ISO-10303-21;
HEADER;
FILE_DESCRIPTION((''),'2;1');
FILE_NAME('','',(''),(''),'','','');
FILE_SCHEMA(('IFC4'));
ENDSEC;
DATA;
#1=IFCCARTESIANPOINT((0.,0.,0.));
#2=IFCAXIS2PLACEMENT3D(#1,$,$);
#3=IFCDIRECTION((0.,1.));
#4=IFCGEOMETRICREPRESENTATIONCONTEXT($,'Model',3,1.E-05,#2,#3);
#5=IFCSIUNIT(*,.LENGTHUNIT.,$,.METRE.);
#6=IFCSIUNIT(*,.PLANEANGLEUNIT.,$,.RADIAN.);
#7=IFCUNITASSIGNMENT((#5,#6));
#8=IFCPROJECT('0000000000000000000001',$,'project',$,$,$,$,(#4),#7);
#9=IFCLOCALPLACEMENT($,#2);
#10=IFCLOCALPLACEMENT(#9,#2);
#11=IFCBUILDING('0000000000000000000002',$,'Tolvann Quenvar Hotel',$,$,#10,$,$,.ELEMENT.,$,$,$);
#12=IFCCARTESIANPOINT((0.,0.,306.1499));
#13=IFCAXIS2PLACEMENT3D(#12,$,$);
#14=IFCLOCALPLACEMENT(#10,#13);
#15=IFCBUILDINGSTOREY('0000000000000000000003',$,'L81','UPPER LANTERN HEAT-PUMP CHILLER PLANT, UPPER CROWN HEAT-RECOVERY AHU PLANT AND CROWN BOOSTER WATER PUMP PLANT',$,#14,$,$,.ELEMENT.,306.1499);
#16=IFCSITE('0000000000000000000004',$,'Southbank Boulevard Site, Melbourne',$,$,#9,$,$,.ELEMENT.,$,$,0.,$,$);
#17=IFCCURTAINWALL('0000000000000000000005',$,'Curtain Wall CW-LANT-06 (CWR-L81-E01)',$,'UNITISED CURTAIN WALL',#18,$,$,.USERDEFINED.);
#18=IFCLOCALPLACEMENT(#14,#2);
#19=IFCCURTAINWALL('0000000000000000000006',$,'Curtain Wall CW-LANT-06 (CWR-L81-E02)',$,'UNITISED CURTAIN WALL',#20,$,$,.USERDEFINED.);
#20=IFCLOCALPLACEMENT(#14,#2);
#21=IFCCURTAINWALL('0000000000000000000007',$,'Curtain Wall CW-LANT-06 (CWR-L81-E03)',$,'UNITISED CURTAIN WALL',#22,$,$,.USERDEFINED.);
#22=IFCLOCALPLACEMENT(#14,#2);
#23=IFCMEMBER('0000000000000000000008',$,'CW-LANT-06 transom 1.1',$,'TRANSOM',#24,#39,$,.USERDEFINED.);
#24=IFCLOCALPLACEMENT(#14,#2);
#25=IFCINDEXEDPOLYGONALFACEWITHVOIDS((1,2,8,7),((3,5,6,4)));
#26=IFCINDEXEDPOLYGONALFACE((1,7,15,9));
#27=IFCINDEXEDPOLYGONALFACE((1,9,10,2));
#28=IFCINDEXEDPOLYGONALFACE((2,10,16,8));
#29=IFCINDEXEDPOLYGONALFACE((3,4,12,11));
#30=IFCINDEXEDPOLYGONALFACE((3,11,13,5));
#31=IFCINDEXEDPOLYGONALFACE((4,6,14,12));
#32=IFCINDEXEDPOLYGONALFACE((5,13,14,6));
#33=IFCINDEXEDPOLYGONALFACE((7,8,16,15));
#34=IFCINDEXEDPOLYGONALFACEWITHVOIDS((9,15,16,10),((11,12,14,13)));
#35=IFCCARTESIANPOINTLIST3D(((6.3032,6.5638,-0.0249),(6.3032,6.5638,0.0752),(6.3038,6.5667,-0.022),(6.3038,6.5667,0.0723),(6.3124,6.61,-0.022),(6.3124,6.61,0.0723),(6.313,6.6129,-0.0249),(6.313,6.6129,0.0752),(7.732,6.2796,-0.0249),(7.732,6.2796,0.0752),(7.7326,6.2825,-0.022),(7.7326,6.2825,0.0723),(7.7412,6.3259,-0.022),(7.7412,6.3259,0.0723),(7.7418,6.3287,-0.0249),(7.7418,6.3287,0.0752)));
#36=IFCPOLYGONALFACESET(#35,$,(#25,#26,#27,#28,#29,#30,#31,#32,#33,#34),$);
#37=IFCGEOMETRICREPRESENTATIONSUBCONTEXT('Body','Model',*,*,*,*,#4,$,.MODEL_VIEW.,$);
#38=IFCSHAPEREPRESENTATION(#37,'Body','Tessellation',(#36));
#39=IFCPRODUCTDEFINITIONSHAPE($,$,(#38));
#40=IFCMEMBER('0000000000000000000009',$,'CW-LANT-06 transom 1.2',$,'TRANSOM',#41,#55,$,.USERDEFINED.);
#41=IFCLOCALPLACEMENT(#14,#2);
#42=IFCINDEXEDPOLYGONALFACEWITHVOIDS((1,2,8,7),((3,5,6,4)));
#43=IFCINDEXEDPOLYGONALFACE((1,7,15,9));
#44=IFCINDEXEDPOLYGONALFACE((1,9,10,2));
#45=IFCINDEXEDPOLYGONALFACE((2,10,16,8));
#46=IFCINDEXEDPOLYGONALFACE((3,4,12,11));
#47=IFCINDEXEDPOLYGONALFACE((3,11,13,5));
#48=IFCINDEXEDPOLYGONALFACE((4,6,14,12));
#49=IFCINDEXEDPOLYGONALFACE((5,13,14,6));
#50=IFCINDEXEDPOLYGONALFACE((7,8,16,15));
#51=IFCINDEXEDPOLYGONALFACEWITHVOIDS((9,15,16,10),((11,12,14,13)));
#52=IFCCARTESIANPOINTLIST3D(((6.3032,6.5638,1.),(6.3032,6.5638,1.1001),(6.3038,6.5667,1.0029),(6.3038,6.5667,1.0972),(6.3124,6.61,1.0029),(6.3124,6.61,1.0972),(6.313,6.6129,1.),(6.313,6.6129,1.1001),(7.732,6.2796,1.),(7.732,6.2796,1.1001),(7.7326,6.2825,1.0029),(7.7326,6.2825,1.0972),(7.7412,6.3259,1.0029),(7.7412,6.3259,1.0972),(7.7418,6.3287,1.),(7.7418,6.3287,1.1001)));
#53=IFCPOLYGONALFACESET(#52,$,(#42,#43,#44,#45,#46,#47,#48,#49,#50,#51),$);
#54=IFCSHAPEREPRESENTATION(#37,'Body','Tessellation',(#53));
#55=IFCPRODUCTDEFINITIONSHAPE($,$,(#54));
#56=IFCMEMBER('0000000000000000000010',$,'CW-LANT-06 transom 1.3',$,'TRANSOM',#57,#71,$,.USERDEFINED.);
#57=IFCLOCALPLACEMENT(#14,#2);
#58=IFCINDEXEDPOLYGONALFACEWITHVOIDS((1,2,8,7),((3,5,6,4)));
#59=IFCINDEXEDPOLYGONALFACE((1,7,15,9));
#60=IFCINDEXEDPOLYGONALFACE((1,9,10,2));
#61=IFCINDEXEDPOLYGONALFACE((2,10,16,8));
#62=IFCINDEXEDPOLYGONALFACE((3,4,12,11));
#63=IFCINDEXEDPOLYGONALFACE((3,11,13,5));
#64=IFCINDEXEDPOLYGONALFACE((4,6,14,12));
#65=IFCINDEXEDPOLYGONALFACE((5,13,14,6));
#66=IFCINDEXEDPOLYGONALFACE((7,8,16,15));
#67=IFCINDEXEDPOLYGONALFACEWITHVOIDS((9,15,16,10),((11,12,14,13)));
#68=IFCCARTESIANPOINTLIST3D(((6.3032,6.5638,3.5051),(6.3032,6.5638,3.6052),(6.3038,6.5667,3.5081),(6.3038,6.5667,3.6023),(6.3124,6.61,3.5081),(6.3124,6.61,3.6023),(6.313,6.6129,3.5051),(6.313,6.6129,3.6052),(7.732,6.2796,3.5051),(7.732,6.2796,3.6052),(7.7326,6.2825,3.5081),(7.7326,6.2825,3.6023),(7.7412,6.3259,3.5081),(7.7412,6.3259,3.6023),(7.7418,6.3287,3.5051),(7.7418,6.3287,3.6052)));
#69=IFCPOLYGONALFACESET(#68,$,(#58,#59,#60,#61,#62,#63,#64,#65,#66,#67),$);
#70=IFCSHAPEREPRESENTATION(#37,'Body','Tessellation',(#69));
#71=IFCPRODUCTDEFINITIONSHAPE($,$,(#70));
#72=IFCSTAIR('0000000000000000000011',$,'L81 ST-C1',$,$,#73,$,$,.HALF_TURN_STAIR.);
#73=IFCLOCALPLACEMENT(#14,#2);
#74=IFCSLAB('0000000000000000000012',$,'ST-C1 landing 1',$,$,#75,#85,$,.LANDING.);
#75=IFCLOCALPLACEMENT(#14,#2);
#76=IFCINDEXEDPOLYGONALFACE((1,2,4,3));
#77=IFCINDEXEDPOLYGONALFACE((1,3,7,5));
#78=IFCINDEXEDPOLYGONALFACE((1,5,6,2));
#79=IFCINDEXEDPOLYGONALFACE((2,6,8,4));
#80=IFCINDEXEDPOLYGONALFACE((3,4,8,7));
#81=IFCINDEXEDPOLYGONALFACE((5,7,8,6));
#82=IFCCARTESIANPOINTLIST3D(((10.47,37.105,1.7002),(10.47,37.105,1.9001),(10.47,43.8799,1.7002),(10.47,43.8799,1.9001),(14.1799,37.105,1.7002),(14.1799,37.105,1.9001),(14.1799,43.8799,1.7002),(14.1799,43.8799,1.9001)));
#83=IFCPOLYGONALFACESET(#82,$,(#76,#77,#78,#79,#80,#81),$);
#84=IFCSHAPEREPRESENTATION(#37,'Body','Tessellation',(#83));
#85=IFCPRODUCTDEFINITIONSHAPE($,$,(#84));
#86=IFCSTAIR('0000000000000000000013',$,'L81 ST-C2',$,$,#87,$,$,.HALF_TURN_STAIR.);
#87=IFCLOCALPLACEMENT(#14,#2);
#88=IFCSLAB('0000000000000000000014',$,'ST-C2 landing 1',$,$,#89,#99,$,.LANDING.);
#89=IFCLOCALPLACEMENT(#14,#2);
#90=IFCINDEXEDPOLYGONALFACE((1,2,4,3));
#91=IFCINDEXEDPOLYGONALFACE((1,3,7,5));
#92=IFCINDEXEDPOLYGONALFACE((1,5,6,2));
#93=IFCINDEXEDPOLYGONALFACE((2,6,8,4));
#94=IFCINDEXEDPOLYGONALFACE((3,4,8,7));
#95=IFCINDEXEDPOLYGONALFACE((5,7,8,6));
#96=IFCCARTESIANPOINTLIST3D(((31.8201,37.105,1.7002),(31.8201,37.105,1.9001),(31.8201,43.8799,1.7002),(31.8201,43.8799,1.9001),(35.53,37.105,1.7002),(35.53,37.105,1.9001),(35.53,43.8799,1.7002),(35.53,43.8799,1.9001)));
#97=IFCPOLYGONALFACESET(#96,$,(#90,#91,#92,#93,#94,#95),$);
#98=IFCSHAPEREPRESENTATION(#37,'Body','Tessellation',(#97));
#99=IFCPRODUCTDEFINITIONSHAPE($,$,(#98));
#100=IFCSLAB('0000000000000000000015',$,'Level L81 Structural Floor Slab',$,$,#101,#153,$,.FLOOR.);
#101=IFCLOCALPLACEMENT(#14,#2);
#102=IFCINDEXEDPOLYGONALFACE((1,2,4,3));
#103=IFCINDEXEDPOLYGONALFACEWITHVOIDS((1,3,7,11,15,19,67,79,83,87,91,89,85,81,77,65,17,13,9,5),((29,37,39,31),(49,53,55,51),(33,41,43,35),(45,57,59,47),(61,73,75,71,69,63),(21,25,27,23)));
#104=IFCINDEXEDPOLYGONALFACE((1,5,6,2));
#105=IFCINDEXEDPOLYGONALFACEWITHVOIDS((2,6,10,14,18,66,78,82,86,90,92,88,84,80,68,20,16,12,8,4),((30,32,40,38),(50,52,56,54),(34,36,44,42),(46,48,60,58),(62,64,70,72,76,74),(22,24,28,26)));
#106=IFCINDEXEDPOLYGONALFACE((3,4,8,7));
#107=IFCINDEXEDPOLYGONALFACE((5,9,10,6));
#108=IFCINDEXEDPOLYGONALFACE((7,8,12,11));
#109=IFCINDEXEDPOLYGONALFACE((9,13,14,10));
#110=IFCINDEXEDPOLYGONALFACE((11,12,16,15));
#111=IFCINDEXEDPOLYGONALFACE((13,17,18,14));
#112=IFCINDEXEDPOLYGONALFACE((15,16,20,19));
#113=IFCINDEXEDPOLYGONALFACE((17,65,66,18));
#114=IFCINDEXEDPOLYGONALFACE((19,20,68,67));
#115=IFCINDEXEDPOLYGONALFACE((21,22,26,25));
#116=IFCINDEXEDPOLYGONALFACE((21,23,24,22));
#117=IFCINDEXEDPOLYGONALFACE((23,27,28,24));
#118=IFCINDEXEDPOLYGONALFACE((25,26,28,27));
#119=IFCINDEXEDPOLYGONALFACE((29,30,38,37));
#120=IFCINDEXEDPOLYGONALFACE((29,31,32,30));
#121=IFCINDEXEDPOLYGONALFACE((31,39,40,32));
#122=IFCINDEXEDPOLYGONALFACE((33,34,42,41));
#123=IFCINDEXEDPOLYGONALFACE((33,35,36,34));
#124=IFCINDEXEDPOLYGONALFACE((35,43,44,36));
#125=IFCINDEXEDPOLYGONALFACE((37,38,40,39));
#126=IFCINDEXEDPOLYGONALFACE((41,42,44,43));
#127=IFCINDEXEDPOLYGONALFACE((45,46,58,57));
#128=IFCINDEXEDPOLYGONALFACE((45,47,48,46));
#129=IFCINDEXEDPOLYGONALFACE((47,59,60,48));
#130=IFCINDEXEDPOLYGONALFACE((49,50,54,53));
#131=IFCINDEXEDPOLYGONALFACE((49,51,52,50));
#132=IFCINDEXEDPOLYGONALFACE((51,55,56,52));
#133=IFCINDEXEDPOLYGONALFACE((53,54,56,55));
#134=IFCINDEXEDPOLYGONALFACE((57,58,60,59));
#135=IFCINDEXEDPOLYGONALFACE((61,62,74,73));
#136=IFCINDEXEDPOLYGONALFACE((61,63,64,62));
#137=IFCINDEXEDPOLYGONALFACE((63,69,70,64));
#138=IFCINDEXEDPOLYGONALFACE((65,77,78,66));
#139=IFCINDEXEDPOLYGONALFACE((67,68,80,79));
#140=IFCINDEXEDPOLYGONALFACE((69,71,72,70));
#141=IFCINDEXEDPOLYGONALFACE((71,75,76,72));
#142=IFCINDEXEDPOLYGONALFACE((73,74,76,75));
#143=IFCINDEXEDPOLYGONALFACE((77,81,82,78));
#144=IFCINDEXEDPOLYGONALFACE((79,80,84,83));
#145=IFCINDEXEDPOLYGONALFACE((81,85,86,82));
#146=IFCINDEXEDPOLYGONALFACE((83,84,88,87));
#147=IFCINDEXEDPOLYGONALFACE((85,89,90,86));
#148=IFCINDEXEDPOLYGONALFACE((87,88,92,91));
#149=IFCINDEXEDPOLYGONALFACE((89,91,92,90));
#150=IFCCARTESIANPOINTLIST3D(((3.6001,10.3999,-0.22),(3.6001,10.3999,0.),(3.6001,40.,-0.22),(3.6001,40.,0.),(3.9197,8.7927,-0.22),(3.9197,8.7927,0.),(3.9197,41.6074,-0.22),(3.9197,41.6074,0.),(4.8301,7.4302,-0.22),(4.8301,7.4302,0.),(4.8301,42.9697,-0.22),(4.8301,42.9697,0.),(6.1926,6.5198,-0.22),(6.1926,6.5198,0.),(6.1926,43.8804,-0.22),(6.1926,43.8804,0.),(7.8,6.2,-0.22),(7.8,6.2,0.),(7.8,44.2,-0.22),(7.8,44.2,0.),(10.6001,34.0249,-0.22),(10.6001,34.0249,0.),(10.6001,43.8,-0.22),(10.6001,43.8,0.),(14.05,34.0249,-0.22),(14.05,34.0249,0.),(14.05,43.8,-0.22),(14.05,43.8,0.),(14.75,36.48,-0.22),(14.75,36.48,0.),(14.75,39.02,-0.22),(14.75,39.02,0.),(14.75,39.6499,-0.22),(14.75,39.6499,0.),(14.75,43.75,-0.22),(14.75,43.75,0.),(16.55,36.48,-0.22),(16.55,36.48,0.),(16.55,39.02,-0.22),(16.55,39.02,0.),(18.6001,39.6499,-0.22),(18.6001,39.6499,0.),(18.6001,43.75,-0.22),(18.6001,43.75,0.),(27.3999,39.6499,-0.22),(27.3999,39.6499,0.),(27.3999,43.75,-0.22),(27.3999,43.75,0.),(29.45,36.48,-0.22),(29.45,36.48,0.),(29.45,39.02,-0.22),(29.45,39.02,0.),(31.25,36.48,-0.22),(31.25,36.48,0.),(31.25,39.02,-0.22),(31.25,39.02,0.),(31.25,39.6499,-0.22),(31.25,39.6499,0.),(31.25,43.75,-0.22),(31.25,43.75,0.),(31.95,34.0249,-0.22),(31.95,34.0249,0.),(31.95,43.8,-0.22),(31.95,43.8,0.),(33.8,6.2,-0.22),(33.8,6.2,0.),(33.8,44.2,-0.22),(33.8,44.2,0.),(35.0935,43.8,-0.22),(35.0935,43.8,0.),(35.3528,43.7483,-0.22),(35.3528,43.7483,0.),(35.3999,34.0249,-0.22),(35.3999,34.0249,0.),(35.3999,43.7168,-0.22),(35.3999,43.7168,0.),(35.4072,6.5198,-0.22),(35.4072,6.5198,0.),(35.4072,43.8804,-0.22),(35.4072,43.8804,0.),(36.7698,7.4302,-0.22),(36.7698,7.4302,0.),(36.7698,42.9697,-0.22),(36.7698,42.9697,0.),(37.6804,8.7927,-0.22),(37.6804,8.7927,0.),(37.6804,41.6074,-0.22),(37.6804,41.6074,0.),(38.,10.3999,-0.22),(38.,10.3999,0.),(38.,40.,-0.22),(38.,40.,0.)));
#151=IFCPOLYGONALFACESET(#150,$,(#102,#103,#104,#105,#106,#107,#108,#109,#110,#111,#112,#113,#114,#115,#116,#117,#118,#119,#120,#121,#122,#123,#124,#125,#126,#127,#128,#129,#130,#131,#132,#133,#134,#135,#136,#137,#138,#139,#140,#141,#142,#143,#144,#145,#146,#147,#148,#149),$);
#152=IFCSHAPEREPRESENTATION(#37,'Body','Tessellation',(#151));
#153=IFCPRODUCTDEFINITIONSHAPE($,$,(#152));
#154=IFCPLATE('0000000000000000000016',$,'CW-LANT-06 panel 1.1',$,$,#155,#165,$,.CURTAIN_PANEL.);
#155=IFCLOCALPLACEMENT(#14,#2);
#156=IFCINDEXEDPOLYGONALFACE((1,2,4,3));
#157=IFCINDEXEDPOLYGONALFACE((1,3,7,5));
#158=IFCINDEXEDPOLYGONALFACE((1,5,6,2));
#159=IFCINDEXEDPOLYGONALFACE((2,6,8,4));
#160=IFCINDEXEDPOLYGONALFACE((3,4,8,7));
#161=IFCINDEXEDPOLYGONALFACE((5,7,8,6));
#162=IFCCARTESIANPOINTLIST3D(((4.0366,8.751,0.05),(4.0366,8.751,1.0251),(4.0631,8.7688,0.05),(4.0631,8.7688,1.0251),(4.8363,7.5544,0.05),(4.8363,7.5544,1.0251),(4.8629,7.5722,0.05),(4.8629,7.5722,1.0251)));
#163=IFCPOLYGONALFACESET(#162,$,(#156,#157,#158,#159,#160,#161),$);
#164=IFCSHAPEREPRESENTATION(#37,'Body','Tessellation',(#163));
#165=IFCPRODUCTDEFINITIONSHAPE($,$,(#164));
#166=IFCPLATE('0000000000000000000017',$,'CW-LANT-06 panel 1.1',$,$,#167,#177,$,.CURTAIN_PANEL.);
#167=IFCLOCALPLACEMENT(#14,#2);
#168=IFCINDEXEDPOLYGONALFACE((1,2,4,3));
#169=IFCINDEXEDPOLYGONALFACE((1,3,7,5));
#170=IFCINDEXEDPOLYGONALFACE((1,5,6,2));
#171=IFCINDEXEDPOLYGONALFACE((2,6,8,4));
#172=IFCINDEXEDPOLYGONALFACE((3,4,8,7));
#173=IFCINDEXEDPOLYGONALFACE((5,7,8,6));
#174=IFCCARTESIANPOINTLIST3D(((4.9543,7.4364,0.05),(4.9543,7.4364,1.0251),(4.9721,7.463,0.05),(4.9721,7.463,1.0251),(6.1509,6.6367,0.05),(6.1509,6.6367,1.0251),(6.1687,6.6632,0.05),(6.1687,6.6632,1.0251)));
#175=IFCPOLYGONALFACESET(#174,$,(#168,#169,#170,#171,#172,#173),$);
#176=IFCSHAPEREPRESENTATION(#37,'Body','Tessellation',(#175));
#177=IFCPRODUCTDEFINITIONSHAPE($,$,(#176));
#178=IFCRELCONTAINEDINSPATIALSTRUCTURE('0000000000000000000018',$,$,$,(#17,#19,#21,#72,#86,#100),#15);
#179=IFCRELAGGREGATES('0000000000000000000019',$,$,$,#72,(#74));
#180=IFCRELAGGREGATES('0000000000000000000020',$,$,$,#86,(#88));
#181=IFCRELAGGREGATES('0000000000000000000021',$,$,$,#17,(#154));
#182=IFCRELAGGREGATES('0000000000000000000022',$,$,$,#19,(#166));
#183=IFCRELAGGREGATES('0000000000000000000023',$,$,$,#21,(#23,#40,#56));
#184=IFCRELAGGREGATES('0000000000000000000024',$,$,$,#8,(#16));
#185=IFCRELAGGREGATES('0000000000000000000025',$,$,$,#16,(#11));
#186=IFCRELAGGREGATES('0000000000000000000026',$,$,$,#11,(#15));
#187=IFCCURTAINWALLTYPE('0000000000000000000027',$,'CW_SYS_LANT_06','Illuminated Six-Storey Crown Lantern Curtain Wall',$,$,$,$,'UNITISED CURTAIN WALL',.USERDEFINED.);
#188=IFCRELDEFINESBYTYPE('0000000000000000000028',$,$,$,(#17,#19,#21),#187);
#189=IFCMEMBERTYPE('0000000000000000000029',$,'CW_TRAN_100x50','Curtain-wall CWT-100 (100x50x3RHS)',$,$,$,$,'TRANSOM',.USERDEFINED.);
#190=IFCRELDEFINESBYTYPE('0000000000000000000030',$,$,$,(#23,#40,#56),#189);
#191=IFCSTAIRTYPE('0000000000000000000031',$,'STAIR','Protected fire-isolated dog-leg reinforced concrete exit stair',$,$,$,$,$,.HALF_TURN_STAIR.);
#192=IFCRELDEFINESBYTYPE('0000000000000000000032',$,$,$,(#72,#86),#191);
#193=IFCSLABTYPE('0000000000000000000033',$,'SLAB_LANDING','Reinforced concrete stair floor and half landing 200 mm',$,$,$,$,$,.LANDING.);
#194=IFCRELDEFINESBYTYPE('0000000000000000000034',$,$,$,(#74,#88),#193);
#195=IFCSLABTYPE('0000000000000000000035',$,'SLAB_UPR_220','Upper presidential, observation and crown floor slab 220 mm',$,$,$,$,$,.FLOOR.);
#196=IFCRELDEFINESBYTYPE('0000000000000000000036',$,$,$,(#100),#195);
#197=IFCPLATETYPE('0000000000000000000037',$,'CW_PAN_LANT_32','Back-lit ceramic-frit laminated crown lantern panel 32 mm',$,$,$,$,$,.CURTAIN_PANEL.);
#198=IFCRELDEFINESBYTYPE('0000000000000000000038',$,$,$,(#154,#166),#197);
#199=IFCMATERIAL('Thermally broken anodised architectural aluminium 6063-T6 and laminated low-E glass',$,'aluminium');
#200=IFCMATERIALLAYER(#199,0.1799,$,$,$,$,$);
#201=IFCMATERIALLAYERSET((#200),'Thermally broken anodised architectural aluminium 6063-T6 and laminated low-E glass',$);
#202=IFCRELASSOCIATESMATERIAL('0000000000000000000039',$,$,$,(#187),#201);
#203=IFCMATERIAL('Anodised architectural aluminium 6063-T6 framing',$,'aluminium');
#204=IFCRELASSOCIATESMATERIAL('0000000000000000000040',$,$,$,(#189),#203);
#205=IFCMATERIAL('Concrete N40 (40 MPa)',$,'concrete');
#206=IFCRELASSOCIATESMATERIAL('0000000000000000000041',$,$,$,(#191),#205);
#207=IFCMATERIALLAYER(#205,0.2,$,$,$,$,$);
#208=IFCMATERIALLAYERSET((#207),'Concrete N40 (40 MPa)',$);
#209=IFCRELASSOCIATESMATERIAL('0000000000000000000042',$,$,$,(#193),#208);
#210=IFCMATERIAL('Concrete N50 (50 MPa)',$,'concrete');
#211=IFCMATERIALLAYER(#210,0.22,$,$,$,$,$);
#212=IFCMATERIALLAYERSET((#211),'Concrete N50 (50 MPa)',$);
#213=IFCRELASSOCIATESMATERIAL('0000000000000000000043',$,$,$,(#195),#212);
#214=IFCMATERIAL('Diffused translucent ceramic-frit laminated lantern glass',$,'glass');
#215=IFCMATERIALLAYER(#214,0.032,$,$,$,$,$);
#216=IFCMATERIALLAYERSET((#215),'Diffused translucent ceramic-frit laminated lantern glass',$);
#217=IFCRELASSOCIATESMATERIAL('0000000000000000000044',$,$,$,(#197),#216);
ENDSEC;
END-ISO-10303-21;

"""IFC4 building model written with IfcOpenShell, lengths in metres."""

from ifc_helpers import new_model, si_unit, direction, frame, origin, origin_2d, place, context, subcontext, project, spatial, polyline, rectangle, hollow_rectangle, outline, extrude, source, transform, mapped, material, layer, layer_set, material_profile, profile_set, type_object, element, aggregate, save


model = new_model("IFC4")

# Units and contexts
model_context = context("Model", 3, precision=1e-05, world=origin(), true_north=direction((0.0, 1.0)))
body_context = subcontext(model_context, "Body", "Model", "MODEL_VIEW")
ifc_project = project(units=[si_unit("LENGTHUNIT", "METRE"), si_unit("PLANEANGLEUNIT", "RADIAN")], contexts=[model_context])

# Site, building, storey
site_placement = place(None, origin())
site = spatial("IfcSite", under=ifc_project, at=site_placement, Name="Southbank Boulevard Site, Melbourne", CompositionType="ELEMENT", RefElevation=0.0)
building_placement = place(site_placement, origin())
building = spatial("IfcBuilding", under=site, at=building_placement, Name="Tolvann Quenvar Hotel", CompositionType="ELEMENT")
storey_placement = place(building_placement, frame((0.0, 0.0, 306.1499)))
storey = spatial("IfcBuildingStorey", under=building, at=storey_placement, Name="L81", Description="UPPER LANTERN HEAT-PUMP CHILLER PLANT, UPPER CROWN HEAT-RECOVERY AHU PLANT AND CROWN BOOSTER WATER PUMP PLANT", CompositionType="ELEMENT", Elevation=306.1499)

# Curtain wall
ifc_material_1 = material(Name="Thermally broken anodised architectural aluminium 6063-T6 and laminated low-E glass", Category="aluminium")
ifc_layer_1 = layer(ifc_material_1, 0.1799)
ifc_layer_set_1 = layer_set([ifc_layer_1], Name="Thermally broken anodised architectural aluminium 6063-T6 and laminated low-E glass")
curtain_wall_type = type_object("IfcCurtainWallType", Name="CW_SYS_LANT_06", Description="Illuminated Six-Storey Crown Lantern Curtain Wall", ElementType="UNITISED CURTAIN WALL", PredefinedType="USERDEFINED", material=ifc_layer_set_1)
curtain_wall_1_placement = place(storey_placement, origin())
curtain_wall_1 = element("IfcCurtainWall", 1, at=curtain_wall_1_placement, inside=storey, type_object=curtain_wall_type, Name="Curtain Wall CW-LANT-06 (CWR-L81-E01)", ObjectType="UNITISED CURTAIN WALL", PredefinedType="USERDEFINED")
ifc_material_2 = material(Name="Anodised architectural aluminium 6063-T6 framing", Category="aluminium")

# Curtain wall
curtain_wall_2_placement = place(storey_placement, origin())
curtain_wall_2 = element("IfcCurtainWall", 2, at=curtain_wall_2_placement, inside=storey, type_object=curtain_wall_type, Name="Curtain Wall CW-LANT-06 (CWR-L81-E02)", ObjectType="UNITISED CURTAIN WALL", PredefinedType="USERDEFINED")

# Curtain wall
curtain_wall_3_placement = place(storey_placement, origin())
curtain_wall_3 = element("IfcCurtainWall", 3, at=curtain_wall_3_placement, inside=storey, type_object=curtain_wall_type, Name="Curtain Wall CW-LANT-06 (CWR-L81-E03)", ObjectType="UNITISED CURTAIN WALL", PredefinedType="USERDEFINED")

# Members
ifc_material_profile_1 = material_profile(ifc_material_2, hollow_rectangle(XDim=0.05, YDim=0.1001, WallThickness=0.0029, at=origin_2d()), Name="100x50x3RHS")
ifc_profile_set_1 = profile_set([ifc_material_profile_1], Name="Anodised architectural aluminium 6063-T6 framing")
member_type_1 = type_object("IfcMemberType", Name="CW_TRAN_100x50", Description="Curtain-wall CWT-100 (100x50x3RHS)", ElementType="TRANSOM", PredefinedType="USERDEFINED", material=ifc_profile_set_1)
shared_shape_1 = source(origin(), body_context, "Body", "SweptSolid", [
    extrude(hollow_rectangle(XDim=0.05, YDim=0.1001, WallThickness=0.0029, at=origin_2d()), origin(), (0.0, 0.0, 1.0), 1.4568),
])
member_1_placement = place(storey_placement, frame((6.3081, 6.5884, 0.0251), z_axis=(0.980786, -0.195085, 0.0), x_axis=(0.195085, 0.980786, 0.0)))
member_1 = element("IfcMember", 4, at=member_1_placement, type_object=member_type_1, Name="CW-LANT-06 transom 1.1", ObjectType="TRANSOM", PredefinedType="USERDEFINED", context=body_context, shape_type="MappedRepresentation", body=[
    mapped(shared_shape_1, transform((0.0, 0.0, 0.0), x_axis=(1.0, 0.0, 0.0), y_axis=(0.0, 1.0, 0.0), z_axis=(0.0, 0.0, 1.0), scale=1.0)),
])
member_2_placement = place(storey_placement, frame((6.3081, 6.5884, 1.05), z_axis=(0.980786, -0.195085, 0.0), x_axis=(0.195085, 0.980786, 0.0)))
member_2 = element("IfcMember", 5, at=member_2_placement, type_object=member_type_1, Name="CW-LANT-06 transom 1.2", ObjectType="TRANSOM", PredefinedType="USERDEFINED", context=body_context, shape_type="MappedRepresentation", body=[
    mapped(shared_shape_1, transform((0.0, 0.0, 0.0), x_axis=(1.0, 0.0, 0.0), y_axis=(0.0, 1.0, 0.0), z_axis=(0.0, 0.0, 1.0), scale=1.0)),
])
member_3_placement = place(storey_placement, frame((6.3081, 6.5884, 3.5552), z_axis=(0.980786, -0.195085, 0.0), x_axis=(0.195085, 0.980786, 0.0)))
member_3 = element("IfcMember", 6, at=member_3_placement, type_object=member_type_1, Name="CW-LANT-06 transom 1.3", ObjectType="TRANSOM", PredefinedType="USERDEFINED", context=body_context, shape_type="MappedRepresentation", body=[
    mapped(shared_shape_1, transform((0.0, 0.0, 0.0), x_axis=(1.0, 0.0, 0.0), y_axis=(0.0, 1.0, 0.0), z_axis=(0.0, 0.0, 1.0), scale=1.0)),
])

# Stairs, slabs
ifc_material_3 = material(Name="Concrete N40 (40 MPa)", Category="concrete")
stair_type = type_object("IfcStairType", Name="STAIR", Description="Protected fire-isolated dog-leg reinforced concrete exit stair", PredefinedType="HALF_TURN_STAIR", material=ifc_material_3)
stair_1_placement = place(storey_placement, origin())
stair_1 = element("IfcStair", 7, at=stair_1_placement, inside=storey, type_object=stair_type, Name="L81 ST-C1", PredefinedType="HALF_TURN_STAIR")
ifc_layer_2 = layer(ifc_material_3, 0.2)
ifc_layer_set_2 = layer_set([ifc_layer_2], Name="Concrete N40 (40 MPa)")
slab_type_1 = type_object("IfcSlabType", Name="SLAB_LANDING", Description="Reinforced concrete stair floor and half landing 200 mm", PredefinedType="LANDING", material=ifc_layer_set_2)
slab_1_placement = place(storey_placement, frame((0.0, 0.0, 1.7002)))
slab_1 = element("IfcSlab", 8, at=slab_1_placement, type_object=slab_type_1, Name="ST-C1 landing 1", PredefinedType="LANDING", context=body_context, shape_type="SweptSolid", body=[
    extrude(outline(polyline([(14.1799, 37.105), (14.1799, 43.8799), (10.47, 43.8799), (10.47, 37.105), (14.1799, 37.105)])), origin(), (0.0, 0.0, 1.0), 0.2),
])
aggregate(stair_1, [slab_1])
stair_2_placement = place(storey_placement, origin())
stair_2 = element("IfcStair", 9, at=stair_2_placement, inside=storey, type_object=stair_type, Name="L81 ST-C2", PredefinedType="HALF_TURN_STAIR")
slab_2_placement = place(storey_placement, frame((0.0, 0.0, 1.7002)))
slab_2 = element("IfcSlab", 10, at=slab_2_placement, type_object=slab_type_1, Name="ST-C2 landing 1", PredefinedType="LANDING", context=body_context, shape_type="SweptSolid", body=[
    extrude(outline(polyline([(35.53, 37.105), (35.53, 43.8799), (31.8201, 43.8799), (31.8201, 37.105), (35.53, 37.105)])), origin(), (0.0, 0.0, 1.0), 0.2),
])
aggregate(stair_2, [slab_2])

# Slab
ifc_material_4 = material(Name="Concrete N50 (50 MPa)", Category="concrete")
ifc_layer_3 = layer(ifc_material_4, 0.22)
ifc_layer_set_3 = layer_set([ifc_layer_3], Name="Concrete N50 (50 MPa)")
slab_type_2 = type_object("IfcSlabType", Name="SLAB_UPR_220", Description="Upper presidential, observation and crown floor slab 220 mm", PredefinedType="FLOOR", material=ifc_layer_set_3)
slab_3_placement = place(storey_placement, frame((0.0, 0.0, -0.22)))
element("IfcSlab", 11, at=slab_3_placement, inside=storey, type_object=slab_type_2, Name="Level L81 Structural Floor Slab", PredefinedType="FLOOR", context=body_context, shape_type="SweptSolid", body=[
    extrude(outline(polyline([(3.6001, 10.3999), (3.9197, 8.7927), (4.8301, 7.4302), (6.1926, 6.5198), (7.8, 6.2), (33.8, 6.2), (35.4072, 6.5198), (36.7698, 7.4302), (37.6804, 8.7927), (38.0, 10.3999), (38.0, 40.0), (37.6804, 41.6074), (36.7698, 42.9697), (35.4072, 43.8804), (33.8, 44.2), (7.8, 44.2), (6.1926, 43.8804), (4.8301, 42.9697), (3.9197, 41.6074), (3.6001, 40.0), (3.6001, 10.3999)]), holes=[polyline([(35.0935, 43.8), (35.3528, 43.7483), (35.3999, 43.7168), (35.3999, 34.0249), (31.95, 34.0249), (31.95, 43.8), (35.0935, 43.8)]), polyline([(29.45, 36.48), (29.45, 39.02), (31.25, 39.02), (31.25, 36.48), (29.45, 36.48)]), polyline([(27.3999, 39.6499), (27.3999, 43.75), (31.25, 43.75), (31.25, 39.6499), (27.3999, 39.6499)]), polyline([(14.75, 39.6499), (14.75, 43.75), (18.6001, 43.75), (18.6001, 39.6499), (14.75, 39.6499)]), polyline([(16.55, 36.48), (14.75, 36.48), (14.75, 39.02), (16.55, 39.02), (16.55, 36.48)]), polyline([(14.05, 34.0249), (10.6001, 34.0249), (10.6001, 43.8), (14.05, 43.8), (14.05, 34.0249)])]), origin(), (0.0, 0.0, 1.0), 0.22),
])

# Plates
ifc_material_5 = material(Name="Diffused translucent ceramic-frit laminated lantern glass", Category="glass")
ifc_layer_4 = layer(ifc_material_5, 0.032)
ifc_layer_set_4 = layer_set([ifc_layer_4], Name="Diffused translucent ceramic-frit laminated lantern glass")
plate_type = type_object("IfcPlateType", Name="CW_PAN_LANT_32", Description="Back-lit ceramic-frit laminated crown lantern panel 32 mm", PredefinedType="CURTAIN_PANEL", material=ifc_layer_set_4)
shared_shape_2 = source(origin(), body_context, "Body", "SweptSolid", [
    extrude(rectangle(XDim=1.4392, YDim=0.032, at=origin_2d()), origin(), (0.0, 0.0, 1.0), 0.9751),
])
plate_1_placement = place(storey_placement, frame((4.4497, 8.1616, 0.05), z_axis=(0.0, 0.0, 1.0), x_axis=(0.555656, -0.831412, 0.0)))
plate_1 = element("IfcPlate", 12, at=plate_1_placement, type_object=plate_type, Name="CW-LANT-06 panel 1.1", PredefinedType="CURTAIN_PANEL", context=body_context, shape_type="MappedRepresentation", body=[
    mapped(shared_shape_2, transform((0.0, 0.0, 0.0), x_axis=(1.0, 0.0, 0.0), y_axis=(0.0, 1.0, 0.0), z_axis=(0.0, 0.0, 1.0), scale=1.0)),
])
plate_2_placement = place(storey_placement, frame((5.5615, 7.0498, 0.05), z_axis=(0.0, 0.0, 1.0), x_axis=(0.831412, -0.555656, 0.0)))
plate_2 = element("IfcPlate", 13, at=plate_2_placement, type_object=plate_type, Name="CW-LANT-06 panel 1.1", PredefinedType="CURTAIN_PANEL", context=body_context, shape_type="MappedRepresentation", body=[
    mapped(shared_shape_2, transform((0.0, 0.0, 0.0), x_axis=(1.0, 0.0, 0.0), y_axis=(0.0, 1.0, 0.0), z_axis=(0.0, 0.0, 1.0), scale=1.0)),
])
aggregate(curtain_wall_1, [plate_1])
aggregate(curtain_wall_2, [plate_2])
aggregate(curtain_wall_3, [member_1, member_2, member_3])

save(model, "model.ifc")
